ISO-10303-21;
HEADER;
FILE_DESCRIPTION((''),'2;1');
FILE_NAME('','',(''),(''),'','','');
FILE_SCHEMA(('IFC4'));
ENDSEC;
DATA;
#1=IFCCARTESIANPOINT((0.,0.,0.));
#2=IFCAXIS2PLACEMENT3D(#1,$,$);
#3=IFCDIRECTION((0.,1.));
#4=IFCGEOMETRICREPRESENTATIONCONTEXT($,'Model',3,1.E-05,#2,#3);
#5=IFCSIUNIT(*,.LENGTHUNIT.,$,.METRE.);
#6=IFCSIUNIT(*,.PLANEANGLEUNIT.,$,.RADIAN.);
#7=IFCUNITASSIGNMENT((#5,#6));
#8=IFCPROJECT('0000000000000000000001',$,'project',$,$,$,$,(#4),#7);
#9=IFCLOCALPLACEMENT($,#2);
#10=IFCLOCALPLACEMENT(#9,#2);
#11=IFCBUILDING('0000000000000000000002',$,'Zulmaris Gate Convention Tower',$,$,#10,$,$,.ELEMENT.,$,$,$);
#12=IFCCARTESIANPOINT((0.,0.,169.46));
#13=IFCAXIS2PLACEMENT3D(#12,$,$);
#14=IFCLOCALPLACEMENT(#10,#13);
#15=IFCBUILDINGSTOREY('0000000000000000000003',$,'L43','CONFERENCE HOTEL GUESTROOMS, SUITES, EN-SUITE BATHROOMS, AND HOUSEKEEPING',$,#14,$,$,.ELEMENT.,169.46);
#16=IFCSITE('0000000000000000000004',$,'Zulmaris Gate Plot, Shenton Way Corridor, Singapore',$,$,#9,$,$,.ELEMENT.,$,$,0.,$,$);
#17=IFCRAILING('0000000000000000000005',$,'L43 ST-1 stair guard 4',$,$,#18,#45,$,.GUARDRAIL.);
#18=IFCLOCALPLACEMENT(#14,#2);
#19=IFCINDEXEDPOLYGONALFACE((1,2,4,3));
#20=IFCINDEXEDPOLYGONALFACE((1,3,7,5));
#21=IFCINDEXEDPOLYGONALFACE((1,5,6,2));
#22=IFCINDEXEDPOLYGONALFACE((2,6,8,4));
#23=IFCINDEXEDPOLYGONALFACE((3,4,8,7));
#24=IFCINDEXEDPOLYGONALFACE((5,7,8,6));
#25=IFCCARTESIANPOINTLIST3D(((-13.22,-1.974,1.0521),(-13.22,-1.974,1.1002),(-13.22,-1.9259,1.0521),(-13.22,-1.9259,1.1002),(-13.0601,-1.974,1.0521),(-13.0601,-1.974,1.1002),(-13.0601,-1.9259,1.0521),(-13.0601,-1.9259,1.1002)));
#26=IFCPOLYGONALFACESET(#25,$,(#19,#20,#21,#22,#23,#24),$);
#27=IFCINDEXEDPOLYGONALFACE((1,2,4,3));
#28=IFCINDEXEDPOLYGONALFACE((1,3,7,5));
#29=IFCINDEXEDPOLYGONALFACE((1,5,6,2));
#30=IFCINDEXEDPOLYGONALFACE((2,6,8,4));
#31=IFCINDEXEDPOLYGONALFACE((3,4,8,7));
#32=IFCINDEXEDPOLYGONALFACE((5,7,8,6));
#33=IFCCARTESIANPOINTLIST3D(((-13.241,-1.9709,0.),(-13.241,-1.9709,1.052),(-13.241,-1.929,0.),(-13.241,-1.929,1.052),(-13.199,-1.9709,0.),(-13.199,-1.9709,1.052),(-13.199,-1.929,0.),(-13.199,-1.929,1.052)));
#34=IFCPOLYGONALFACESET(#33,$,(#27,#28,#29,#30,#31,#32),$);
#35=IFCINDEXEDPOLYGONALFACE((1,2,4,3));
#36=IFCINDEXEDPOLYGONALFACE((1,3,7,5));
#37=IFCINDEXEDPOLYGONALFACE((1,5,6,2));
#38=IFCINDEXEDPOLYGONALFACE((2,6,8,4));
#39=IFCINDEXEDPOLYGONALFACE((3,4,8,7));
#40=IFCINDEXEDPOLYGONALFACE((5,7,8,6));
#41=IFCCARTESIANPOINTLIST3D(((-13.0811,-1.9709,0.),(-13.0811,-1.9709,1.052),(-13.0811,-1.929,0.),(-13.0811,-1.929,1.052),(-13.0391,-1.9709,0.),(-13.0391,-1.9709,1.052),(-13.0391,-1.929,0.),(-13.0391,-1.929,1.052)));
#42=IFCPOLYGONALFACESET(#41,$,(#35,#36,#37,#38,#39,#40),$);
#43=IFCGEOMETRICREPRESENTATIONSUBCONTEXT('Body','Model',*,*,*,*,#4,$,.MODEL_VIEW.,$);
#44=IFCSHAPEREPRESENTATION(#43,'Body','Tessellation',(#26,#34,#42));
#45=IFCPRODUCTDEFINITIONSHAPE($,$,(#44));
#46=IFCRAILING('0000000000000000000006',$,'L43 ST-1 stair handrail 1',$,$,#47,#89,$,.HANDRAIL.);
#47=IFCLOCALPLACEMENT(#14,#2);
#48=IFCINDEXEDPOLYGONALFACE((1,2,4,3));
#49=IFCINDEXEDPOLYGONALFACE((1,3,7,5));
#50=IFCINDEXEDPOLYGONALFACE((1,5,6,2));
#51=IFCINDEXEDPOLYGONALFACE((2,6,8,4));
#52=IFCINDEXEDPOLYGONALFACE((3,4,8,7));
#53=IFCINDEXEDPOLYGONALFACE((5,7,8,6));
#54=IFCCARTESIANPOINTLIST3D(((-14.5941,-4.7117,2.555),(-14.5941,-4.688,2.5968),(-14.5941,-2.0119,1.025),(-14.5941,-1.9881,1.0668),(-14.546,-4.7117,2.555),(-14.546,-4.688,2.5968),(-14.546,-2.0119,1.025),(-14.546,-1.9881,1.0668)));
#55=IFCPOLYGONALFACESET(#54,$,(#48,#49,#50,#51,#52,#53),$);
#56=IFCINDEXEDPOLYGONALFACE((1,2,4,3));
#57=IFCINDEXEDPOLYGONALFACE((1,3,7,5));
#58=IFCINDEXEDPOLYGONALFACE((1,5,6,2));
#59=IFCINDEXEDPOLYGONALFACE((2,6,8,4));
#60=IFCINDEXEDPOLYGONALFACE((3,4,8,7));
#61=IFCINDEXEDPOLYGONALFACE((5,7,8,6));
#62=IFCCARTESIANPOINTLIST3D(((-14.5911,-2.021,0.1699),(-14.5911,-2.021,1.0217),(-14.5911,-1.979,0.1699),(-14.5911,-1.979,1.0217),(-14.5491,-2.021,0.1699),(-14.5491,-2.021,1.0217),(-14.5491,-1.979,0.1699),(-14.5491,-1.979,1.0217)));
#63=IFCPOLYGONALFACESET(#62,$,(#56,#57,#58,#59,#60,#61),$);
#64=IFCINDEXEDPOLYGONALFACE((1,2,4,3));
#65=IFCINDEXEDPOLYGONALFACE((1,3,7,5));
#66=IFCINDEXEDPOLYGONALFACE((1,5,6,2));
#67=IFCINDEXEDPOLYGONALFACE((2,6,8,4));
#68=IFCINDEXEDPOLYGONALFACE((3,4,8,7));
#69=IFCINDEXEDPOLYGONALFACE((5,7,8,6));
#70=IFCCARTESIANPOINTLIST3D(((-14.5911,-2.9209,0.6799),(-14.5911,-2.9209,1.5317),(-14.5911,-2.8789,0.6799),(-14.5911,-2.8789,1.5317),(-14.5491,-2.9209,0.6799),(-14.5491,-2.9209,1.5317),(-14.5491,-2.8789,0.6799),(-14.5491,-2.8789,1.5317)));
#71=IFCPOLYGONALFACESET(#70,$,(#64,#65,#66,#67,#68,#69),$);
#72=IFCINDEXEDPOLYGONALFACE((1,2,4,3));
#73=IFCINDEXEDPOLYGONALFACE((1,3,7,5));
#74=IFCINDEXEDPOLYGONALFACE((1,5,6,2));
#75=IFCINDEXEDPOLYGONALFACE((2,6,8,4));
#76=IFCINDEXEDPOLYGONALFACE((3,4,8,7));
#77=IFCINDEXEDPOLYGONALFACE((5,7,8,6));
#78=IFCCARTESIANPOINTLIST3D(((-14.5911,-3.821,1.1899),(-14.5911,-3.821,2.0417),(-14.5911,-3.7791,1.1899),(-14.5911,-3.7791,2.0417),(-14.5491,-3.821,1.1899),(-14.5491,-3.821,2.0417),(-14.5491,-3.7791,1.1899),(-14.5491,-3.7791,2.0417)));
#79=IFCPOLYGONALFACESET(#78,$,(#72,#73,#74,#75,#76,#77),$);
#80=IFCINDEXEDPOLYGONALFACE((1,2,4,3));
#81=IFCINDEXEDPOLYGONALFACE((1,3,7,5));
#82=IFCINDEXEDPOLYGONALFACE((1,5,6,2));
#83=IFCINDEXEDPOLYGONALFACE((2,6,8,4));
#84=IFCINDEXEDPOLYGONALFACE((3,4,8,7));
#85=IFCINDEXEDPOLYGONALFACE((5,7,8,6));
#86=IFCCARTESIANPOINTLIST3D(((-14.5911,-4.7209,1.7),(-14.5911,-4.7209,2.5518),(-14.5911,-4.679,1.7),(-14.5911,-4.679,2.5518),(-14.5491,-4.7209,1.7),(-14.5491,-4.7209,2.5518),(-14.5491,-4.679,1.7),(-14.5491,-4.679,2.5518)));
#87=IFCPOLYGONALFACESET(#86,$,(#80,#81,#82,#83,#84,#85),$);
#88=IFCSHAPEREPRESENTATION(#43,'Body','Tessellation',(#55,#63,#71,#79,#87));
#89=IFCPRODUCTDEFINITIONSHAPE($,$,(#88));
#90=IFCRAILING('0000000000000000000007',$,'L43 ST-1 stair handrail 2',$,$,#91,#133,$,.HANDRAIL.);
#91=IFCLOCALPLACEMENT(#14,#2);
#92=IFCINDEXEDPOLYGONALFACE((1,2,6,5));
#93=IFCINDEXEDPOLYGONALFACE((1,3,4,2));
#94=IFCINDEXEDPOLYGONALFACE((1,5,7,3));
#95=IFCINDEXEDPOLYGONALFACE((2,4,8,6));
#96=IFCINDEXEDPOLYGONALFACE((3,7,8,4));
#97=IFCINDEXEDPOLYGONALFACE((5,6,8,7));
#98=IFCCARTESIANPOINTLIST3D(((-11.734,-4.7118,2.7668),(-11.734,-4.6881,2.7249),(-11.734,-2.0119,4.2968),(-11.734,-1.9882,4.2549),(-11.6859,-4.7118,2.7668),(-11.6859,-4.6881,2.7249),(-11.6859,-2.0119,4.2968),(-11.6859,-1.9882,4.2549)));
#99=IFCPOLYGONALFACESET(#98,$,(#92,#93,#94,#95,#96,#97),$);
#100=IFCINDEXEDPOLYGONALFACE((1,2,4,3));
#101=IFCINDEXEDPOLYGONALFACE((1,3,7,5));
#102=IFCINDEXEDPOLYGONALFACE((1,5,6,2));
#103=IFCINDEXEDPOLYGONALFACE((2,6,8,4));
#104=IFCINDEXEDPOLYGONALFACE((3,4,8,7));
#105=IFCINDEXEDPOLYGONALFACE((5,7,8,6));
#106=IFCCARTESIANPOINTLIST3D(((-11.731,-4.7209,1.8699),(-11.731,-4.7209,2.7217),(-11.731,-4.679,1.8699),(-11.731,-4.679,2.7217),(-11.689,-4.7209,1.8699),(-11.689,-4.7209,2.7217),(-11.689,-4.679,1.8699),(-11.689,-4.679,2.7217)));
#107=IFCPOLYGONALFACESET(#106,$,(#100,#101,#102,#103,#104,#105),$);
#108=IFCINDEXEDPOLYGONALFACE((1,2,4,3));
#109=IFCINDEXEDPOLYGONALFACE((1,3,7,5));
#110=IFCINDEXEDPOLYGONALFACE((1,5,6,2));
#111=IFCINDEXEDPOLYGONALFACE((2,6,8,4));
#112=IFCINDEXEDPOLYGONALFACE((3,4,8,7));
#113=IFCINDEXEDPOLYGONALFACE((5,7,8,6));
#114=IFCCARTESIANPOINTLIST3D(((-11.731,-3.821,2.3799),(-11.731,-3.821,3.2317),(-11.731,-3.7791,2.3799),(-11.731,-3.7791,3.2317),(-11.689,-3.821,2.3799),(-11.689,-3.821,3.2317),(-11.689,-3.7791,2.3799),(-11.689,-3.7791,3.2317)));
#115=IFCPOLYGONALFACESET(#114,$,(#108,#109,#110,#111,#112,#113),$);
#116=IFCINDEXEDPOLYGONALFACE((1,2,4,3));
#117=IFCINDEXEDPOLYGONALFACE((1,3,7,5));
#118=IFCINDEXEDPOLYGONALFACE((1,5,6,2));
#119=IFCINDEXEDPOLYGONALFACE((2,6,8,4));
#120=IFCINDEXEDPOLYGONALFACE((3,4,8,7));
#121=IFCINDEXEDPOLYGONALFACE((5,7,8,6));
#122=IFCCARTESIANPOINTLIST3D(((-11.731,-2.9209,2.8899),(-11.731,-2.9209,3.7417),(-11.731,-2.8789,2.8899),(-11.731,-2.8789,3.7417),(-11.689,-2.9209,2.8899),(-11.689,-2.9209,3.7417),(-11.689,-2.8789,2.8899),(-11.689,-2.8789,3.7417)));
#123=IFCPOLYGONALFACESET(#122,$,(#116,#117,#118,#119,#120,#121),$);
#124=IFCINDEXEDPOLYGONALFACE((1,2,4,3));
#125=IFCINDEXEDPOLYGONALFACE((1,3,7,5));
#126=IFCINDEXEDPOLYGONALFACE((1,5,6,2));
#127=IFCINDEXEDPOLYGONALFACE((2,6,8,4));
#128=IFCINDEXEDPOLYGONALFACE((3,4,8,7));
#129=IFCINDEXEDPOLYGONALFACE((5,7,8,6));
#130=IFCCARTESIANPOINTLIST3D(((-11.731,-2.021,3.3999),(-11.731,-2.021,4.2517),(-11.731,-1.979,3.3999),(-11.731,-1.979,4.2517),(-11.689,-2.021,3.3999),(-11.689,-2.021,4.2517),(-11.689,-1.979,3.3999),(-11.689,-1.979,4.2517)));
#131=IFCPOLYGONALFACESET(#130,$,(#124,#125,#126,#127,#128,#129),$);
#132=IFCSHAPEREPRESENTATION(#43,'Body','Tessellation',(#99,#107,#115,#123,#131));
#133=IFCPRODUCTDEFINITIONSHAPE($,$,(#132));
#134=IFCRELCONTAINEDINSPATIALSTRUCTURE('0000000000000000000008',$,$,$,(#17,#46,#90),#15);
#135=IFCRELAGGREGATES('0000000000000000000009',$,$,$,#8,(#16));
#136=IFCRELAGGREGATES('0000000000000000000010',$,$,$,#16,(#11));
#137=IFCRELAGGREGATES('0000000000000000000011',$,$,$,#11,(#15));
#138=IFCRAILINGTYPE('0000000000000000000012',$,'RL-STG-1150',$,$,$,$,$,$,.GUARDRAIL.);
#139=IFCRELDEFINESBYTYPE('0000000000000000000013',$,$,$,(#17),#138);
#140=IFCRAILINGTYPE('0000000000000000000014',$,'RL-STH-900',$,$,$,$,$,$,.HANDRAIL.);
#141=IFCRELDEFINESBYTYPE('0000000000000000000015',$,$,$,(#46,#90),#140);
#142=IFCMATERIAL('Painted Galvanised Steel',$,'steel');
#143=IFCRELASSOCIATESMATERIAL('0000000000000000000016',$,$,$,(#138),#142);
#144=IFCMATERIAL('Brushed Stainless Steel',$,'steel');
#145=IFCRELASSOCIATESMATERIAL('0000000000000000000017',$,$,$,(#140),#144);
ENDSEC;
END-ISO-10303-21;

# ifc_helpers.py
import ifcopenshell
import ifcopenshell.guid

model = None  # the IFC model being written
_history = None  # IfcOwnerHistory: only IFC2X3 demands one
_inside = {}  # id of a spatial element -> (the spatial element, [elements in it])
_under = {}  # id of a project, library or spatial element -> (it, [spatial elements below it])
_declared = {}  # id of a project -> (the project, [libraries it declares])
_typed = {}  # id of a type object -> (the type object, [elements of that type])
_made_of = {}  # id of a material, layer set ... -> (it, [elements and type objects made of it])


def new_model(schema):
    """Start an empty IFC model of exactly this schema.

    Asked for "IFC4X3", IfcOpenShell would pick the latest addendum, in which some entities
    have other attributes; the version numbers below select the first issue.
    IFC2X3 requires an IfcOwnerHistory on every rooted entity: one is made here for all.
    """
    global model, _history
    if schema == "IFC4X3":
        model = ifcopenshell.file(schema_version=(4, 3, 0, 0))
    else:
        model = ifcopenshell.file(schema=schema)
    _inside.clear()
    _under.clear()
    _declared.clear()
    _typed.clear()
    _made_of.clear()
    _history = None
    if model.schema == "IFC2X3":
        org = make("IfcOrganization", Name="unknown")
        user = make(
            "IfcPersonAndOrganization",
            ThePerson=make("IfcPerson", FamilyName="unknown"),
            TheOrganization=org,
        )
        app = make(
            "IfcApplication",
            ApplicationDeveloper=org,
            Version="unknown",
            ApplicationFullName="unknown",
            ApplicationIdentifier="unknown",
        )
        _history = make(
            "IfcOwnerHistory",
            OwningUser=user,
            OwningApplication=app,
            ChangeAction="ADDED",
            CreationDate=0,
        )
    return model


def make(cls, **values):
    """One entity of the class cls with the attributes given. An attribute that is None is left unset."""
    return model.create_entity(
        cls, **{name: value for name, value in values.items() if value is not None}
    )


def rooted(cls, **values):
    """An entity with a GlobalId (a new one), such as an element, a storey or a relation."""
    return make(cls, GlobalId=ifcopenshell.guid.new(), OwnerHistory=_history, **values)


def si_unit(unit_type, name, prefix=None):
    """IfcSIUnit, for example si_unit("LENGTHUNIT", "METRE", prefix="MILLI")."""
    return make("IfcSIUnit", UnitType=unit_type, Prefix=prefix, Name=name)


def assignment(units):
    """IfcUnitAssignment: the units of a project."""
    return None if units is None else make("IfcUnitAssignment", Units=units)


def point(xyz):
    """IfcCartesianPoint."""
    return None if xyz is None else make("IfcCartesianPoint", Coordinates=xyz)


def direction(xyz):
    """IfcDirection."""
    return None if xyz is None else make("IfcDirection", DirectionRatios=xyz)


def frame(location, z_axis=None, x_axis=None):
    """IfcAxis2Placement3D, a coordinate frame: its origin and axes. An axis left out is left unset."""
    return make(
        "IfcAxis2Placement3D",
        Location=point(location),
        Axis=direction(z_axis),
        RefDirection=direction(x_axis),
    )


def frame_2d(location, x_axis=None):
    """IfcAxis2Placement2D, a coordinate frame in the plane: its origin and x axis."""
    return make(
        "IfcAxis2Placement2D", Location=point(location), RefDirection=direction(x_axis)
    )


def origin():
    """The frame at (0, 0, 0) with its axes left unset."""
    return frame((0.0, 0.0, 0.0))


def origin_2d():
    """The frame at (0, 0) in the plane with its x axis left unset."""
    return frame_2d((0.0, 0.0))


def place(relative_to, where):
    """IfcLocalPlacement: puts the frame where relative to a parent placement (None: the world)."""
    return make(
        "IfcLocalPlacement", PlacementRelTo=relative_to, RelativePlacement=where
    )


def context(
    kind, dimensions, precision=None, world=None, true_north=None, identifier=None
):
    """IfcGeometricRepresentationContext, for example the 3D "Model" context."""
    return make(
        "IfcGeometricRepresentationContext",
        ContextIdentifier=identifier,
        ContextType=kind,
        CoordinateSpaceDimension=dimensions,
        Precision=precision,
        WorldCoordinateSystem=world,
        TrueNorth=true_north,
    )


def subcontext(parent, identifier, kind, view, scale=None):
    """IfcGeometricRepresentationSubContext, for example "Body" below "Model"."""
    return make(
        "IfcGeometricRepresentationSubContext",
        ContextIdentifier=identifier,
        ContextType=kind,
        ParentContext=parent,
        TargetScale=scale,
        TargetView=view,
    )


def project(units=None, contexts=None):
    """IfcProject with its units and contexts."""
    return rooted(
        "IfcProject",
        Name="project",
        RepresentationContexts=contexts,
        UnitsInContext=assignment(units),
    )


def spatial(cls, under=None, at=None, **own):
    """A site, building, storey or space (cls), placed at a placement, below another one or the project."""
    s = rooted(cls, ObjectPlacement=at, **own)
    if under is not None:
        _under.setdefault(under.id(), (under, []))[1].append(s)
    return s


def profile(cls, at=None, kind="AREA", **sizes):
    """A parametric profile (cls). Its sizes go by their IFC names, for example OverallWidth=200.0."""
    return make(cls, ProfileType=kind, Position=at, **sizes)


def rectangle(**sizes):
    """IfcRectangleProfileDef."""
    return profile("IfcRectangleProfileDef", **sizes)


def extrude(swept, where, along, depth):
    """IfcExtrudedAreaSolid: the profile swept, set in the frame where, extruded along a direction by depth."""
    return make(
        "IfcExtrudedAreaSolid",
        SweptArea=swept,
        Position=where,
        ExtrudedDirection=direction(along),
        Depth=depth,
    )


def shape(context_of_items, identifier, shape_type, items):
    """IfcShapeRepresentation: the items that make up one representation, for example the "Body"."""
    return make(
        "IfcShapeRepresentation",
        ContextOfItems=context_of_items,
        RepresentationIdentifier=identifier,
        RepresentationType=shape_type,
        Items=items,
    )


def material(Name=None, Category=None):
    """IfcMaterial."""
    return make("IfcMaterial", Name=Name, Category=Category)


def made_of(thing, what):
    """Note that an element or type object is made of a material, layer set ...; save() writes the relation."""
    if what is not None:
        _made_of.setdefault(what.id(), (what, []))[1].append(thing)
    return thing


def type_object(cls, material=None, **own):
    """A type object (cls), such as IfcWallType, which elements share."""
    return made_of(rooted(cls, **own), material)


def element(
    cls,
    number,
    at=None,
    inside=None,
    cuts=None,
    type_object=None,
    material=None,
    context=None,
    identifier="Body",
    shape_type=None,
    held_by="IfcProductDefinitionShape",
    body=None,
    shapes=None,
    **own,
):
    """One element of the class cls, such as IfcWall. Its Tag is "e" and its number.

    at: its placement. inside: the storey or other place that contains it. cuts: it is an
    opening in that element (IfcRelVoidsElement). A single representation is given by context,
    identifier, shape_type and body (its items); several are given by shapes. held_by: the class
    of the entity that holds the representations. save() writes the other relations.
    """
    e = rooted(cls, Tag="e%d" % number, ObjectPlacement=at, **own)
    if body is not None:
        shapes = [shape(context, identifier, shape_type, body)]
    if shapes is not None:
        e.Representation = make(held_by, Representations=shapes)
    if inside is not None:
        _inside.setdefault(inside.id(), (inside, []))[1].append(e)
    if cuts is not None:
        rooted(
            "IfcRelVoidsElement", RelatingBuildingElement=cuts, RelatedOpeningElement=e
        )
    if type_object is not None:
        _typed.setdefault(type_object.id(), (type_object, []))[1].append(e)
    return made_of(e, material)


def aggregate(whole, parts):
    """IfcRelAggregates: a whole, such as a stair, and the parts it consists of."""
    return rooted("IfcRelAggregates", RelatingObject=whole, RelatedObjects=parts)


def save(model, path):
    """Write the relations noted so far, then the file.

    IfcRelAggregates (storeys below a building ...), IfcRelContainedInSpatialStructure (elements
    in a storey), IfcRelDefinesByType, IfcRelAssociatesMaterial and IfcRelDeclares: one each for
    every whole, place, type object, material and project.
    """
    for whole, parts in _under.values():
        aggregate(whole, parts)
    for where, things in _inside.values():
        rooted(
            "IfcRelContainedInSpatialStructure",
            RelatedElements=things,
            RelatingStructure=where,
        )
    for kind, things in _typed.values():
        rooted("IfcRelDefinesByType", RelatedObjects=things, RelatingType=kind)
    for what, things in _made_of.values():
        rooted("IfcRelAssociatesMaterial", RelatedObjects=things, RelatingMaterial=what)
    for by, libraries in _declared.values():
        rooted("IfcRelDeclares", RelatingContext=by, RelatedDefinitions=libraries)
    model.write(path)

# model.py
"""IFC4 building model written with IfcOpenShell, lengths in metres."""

from ifc_helpers import new_model, si_unit, direction, frame, origin, origin_2d, place, context, subcontext, project, spatial, rectangle, extrude, material, type_object, element, save


model = new_model("IFC4")

# Units and contexts
model_context = context("Model", 3, precision=1e-05, world=origin(), true_north=direction((0.0, 1.0)))
body_context = subcontext(model_context, "Body", "Model", "MODEL_VIEW")
ifc_project = project(units=[si_unit("LENGTHUNIT", "METRE"), si_unit("PLANEANGLEUNIT", "RADIAN")], contexts=[model_context])

# Site, building, storey
site_placement = place(None, origin())
site = spatial("IfcSite", under=ifc_project, at=site_placement, Name="Zulmaris Gate Plot, Shenton Way Corridor, Singapore", CompositionType="ELEMENT", RefElevation=0.0)
building_placement = place(site_placement, origin())
building = spatial("IfcBuilding", under=site, at=building_placement, Name="Zulmaris Gate Convention Tower", CompositionType="ELEMENT")
storey_placement = place(building_placement, frame((0.0, 0.0, 169.46)))
storey = spatial("IfcBuildingStorey", under=building, at=storey_placement, Name="L43", Description="CONFERENCE HOTEL GUESTROOMS, SUITES, EN-SUITE BATHROOMS, AND HOUSEKEEPING", CompositionType="ELEMENT", Elevation=169.46)

# Railings
ifc_material_1 = material(Name="Painted Galvanised Steel", Category="steel")
railing_type_1 = type_object("IfcRailingType", Name="RL-STG-1150", PredefinedType="GUARDRAIL", material=ifc_material_1)
railing_1_placement = place(storey_placement, frame((-13.22, -1.95, 0.0)))
element("IfcRailing", 1, at=railing_1_placement, inside=storey, type_object=railing_type_1, Name="L43 ST-1 stair guard 4", PredefinedType="GUARDRAIL", context=body_context, shape_type="SweptSolid", body=[
    extrude(rectangle(XDim=0.0481, YDim=0.0481, at=origin_2d()), frame((0.0, 0.0, 1.0762), z_axis=(1.0, 0.0, 0.0), x_axis=(0.0, 1.0, 0.0)), (0.0, 0.0, 1.0), 0.1599),
    extrude(rectangle(XDim=0.042, YDim=0.042, at=origin_2d()), origin(), (0.0, 0.0, 1.0), 1.052),
    extrude(rectangle(XDim=0.042, YDim=0.042, at=origin_2d()), frame((0.1599, 0.0, 0.0)), (0.0, 0.0, 1.0), 1.052),
])
ifc_material_2 = material(Name="Brushed Stainless Steel", Category="steel")
railing_type_2 = type_object("IfcRailingType", Name="RL-STH-900", PredefinedType="HANDRAIL", material=ifc_material_2)
railing_2_placement = place(storey_placement, frame((-14.5701, -2.0, 0.1699)))
element("IfcRailing", 2, at=railing_2_placement, inside=storey, type_object=railing_type_2, Name="L43 ST-1 stair handrail 1", PredefinedType="HANDRAIL", context=body_context, shape_type="SweptSolid", body=[
    extrude(rectangle(XDim=0.0481, YDim=0.0481, at=origin_2d()), frame((0.0, 0.0, 0.876), z_axis=(0.0, -0.870014, 0.493026), x_axis=(1.0, 0.0, 0.0)), (0.0, 0.0, 1.0), 3.1033),
    extrude(rectangle(XDim=0.042, YDim=0.042, at=origin_2d()), origin(), (0.0, 0.0, 1.0), 0.8518),
    extrude(rectangle(XDim=0.042, YDim=0.042, at=origin_2d()), frame((0.0, -0.8999, 0.51)), (0.0, 0.0, 1.0), 0.8518),
    extrude(rectangle(XDim=0.042, YDim=0.042, at=origin_2d()), frame((0.0, -1.8, 1.02)), (0.0, 0.0, 1.0), 0.8518),
    extrude(rectangle(XDim=0.042, YDim=0.042, at=origin_2d()), frame((0.0, -2.7, 1.53)), (0.0, 0.0, 1.0), 0.8518),
])
railing_3_placement = place(storey_placement, frame((-11.71, -4.7, 1.8699)))
element("IfcRailing", 3, at=railing_3_placement, inside=storey, type_object=railing_type_2, Name="L43 ST-1 stair handrail 2", PredefinedType="HANDRAIL", context=body_context, shape_type="SweptSolid", body=[
    extrude(rectangle(XDim=0.0481, YDim=0.0481, at=origin_2d()), frame((0.0, 0.0, 0.876), z_axis=(0.0, 0.870014, 0.493026), x_axis=(-1.0, 0.0, 0.0)), (0.0, 0.0, 1.0), 3.1033),
    extrude(rectangle(XDim=0.042, YDim=0.042, at=origin_2d()), origin(), (0.0, 0.0, 1.0), 0.8518),
    extrude(rectangle(XDim=0.042, YDim=0.042, at=origin_2d()), frame((0.0, 0.8999, 0.51)), (0.0, 0.0, 1.0), 0.8518),
    extrude(rectangle(XDim=0.042, YDim=0.042, at=origin_2d()), frame((0.0, 1.8, 1.02)), (0.0, 0.0, 1.0), 0.8518),
    extrude(rectangle(XDim=0.042, YDim=0.042, at=origin_2d()), frame((0.0, 2.7, 1.53)), (0.0, 0.0, 1.0), 0.8518),
])

save(model, "model.ifc")
